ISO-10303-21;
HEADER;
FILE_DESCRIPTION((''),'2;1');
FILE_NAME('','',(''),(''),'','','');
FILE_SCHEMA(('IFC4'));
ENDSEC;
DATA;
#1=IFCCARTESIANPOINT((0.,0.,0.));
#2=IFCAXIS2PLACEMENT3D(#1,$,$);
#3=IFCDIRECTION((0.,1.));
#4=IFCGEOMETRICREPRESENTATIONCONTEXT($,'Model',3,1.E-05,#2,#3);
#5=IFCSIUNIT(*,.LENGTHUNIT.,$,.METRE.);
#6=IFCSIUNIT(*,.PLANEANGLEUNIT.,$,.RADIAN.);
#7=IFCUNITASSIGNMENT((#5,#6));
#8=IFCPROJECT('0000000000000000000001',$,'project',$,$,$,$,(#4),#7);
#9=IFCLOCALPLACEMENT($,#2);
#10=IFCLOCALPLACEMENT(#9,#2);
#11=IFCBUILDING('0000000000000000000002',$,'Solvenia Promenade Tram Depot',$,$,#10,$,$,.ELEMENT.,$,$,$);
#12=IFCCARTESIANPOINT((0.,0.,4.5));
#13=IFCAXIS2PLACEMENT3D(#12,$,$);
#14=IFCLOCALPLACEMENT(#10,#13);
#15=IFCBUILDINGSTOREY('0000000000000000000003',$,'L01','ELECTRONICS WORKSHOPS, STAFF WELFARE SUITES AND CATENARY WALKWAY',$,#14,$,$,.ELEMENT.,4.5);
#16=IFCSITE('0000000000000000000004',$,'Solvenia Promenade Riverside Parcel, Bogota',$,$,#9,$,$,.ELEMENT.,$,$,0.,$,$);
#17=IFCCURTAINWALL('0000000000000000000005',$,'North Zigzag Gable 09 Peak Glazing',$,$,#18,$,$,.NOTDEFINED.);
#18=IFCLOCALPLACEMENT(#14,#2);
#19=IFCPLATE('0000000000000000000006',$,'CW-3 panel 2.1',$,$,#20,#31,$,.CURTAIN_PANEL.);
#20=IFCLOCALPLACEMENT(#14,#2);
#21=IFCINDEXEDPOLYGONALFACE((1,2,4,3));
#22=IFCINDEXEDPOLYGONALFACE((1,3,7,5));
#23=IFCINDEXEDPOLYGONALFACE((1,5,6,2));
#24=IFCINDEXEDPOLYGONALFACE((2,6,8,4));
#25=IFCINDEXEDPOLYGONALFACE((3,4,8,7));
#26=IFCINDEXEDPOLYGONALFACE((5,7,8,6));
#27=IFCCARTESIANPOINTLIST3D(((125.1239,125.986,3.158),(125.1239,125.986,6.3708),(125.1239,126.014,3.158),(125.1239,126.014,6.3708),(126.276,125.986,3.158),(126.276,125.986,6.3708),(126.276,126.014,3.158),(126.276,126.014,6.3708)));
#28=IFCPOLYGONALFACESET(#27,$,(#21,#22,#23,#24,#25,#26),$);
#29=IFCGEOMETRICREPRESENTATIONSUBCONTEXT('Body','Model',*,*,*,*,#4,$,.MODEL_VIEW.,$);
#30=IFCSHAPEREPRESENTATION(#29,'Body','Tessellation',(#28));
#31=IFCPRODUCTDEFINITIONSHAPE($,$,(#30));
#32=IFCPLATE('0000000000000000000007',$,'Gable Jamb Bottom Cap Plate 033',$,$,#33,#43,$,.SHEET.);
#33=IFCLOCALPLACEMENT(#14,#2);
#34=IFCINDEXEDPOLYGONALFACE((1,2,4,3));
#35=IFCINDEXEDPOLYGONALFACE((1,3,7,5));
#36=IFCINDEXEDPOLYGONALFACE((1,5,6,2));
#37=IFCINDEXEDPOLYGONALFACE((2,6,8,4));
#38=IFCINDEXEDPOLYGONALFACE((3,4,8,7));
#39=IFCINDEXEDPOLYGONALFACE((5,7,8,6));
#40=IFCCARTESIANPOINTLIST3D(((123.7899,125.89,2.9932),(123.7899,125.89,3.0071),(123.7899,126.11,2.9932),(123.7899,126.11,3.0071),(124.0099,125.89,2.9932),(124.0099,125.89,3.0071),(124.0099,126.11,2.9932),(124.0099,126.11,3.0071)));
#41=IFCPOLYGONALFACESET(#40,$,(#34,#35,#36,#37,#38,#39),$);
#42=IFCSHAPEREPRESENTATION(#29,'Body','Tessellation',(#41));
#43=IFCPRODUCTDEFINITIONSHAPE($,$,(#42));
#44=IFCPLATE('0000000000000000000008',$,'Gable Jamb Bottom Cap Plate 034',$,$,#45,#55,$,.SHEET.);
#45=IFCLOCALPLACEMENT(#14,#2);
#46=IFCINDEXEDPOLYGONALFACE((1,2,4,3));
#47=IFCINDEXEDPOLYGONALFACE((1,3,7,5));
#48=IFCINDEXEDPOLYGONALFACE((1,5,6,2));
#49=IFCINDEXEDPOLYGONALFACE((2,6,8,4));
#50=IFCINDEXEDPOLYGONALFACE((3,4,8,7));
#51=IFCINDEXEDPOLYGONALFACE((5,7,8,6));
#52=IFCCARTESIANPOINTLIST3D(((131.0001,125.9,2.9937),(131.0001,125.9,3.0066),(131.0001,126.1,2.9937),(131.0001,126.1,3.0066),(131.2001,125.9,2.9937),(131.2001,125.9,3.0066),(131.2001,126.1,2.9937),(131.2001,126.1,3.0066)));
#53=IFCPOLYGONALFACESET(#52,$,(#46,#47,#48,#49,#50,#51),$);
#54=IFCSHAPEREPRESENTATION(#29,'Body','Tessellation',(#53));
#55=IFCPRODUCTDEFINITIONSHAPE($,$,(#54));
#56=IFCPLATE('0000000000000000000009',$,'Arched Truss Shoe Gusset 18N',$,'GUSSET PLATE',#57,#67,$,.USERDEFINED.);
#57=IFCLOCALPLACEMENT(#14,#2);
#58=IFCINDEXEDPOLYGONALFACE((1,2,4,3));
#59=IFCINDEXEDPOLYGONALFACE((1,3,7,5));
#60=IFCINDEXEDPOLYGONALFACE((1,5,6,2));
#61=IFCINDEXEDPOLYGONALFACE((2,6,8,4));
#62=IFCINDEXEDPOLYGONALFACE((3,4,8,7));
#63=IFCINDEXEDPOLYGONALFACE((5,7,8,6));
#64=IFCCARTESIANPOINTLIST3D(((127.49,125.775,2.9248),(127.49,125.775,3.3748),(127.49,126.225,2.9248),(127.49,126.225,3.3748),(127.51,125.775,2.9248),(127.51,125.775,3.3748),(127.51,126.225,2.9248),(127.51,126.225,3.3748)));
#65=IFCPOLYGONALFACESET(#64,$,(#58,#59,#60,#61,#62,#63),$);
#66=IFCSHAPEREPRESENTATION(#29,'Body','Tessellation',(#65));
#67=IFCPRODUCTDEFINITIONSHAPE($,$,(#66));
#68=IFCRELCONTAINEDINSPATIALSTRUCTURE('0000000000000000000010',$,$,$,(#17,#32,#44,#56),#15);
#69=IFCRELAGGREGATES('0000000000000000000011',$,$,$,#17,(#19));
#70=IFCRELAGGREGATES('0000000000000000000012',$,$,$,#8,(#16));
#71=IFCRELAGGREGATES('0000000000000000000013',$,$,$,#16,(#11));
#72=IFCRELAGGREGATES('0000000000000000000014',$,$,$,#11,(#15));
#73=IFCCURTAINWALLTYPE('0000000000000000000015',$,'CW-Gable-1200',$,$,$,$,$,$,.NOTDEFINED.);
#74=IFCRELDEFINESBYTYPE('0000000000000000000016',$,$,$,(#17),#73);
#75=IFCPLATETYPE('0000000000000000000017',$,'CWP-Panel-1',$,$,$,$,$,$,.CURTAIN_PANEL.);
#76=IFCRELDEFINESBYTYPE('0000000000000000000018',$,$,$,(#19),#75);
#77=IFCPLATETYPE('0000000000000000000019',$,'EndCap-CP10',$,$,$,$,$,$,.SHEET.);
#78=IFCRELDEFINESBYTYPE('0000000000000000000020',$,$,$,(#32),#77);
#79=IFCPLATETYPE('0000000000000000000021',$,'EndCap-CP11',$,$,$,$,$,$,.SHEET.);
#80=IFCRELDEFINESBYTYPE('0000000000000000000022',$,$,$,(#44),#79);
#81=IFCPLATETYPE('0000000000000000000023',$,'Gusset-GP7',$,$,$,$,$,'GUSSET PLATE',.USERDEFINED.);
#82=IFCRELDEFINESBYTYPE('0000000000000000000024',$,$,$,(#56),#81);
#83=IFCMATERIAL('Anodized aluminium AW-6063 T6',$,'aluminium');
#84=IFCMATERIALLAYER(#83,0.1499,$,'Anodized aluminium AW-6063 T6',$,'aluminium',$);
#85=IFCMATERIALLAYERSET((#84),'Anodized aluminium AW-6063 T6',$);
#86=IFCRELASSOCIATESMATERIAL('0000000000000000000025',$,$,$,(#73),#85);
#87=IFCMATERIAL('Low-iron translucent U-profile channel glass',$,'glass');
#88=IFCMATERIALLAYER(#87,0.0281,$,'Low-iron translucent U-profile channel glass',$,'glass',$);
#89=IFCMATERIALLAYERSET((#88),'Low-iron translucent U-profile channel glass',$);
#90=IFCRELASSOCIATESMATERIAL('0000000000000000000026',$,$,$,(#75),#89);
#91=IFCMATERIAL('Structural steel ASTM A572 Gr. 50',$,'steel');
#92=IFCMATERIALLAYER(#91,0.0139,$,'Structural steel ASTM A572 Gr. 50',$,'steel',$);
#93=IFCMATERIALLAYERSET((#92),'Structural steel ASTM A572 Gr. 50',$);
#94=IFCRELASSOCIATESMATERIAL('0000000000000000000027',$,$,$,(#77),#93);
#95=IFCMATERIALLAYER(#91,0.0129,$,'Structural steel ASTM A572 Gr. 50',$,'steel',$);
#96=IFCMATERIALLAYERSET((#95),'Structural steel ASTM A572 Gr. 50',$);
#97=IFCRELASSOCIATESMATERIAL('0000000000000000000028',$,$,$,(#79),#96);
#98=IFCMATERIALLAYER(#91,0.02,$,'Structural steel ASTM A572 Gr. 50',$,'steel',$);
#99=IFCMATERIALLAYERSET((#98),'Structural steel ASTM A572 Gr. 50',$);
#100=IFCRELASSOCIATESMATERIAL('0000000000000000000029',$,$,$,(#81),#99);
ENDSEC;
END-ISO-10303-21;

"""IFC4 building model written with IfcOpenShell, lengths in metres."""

from ifc_helpers import new_model, si_unit, direction, frame, origin, origin_2d, place, context, subcontext, project, spatial, rectangle, extrude, material, layer, layer_set, type_object, element, aggregate, save


model = new_model("IFC4")

# Units and contexts
model_context = context("Model", 3, precision=1e-05, world=origin(), true_north=direction((0.0, 1.0)))
body_context = subcontext(model_context, "Body", "Model", "MODEL_VIEW")
ifc_project = project(units=[si_unit("LENGTHUNIT", "METRE"), si_unit("PLANEANGLEUNIT", "RADIAN")], contexts=[model_context])

# Site, building, storey
site_placement = place(None, origin())
site = spatial("IfcSite", under=ifc_project, at=site_placement, Name="Solvenia Promenade Riverside Parcel, Bogota", CompositionType="ELEMENT", RefElevation=0.0)
building_placement = place(site_placement, origin())
building = spatial("IfcBuilding", under=site, at=building_placement, Name="Solvenia Promenade Tram Depot", CompositionType="ELEMENT")
storey_placement = place(building_placement, frame((0.0, 0.0, 4.5)))
storey = spatial("IfcBuildingStorey", under=building, at=storey_placement, Name="L01", Description="ELECTRONICS WORKSHOPS, STAFF WELFARE SUITES AND CATENARY WALKWAY", CompositionType="ELEMENT", Elevation=4.5)

# Curtain wall
ifc_material_1 = material(Name="Anodized aluminium AW-6063 T6", Category="aluminium")
ifc_layer_1 = layer(ifc_material_1, 0.1499, Name="Anodized aluminium AW-6063 T6", Category="aluminium")
ifc_layer_set_1 = layer_set([ifc_layer_1], Name="Anodized aluminium AW-6063 T6")
curtain_wall_type = type_object("IfcCurtainWallType", Name="CW-Gable-1200", PredefinedType="NOTDEFINED", material=ifc_layer_set_1)
curtain_wall_placement = place(storey_placement, origin())
curtain_wall = element("IfcCurtainWall", 1, at=curtain_wall_placement, inside=storey, type_object=curtain_wall_type, Name="North Zigzag Gable 09 Peak Glazing", PredefinedType="NOTDEFINED")

# Plate
ifc_material_2 = material(Name="Low-iron translucent U-profile channel glass", Category="glass")
ifc_layer_2 = layer(ifc_material_2, 0.0281, Name="Low-iron translucent U-profile channel glass", Category="glass")
ifc_layer_set_2 = layer_set([ifc_layer_2], Name="Low-iron translucent U-profile channel glass")
plate_type_1 = type_object("IfcPlateType", Name="CWP-Panel-1", PredefinedType="CURTAIN_PANEL", material=ifc_layer_set_2)
plate_1_placement = place(storey_placement, frame((125.7, 126.0, 3.158), z_axis=(0.0, 0.0, 1.0), x_axis=(1.0, 0.0, 0.0)))
plate_1 = element("IfcPlate", 2, at=plate_1_placement, type_object=plate_type_1, Name="CW-3 panel 2.1", PredefinedType="CURTAIN_PANEL", context=body_context, shape_type="SweptSolid", body=[
    extrude(rectangle(XDim=1.1521, YDim=0.0281, at=origin_2d()), origin(), (0.0, 0.0, 1.0), 3.2129),
])
aggregate(curtain_wall, [plate_1])

# Plates
ifc_material_3 = material(Name="Structural steel ASTM A572 Gr. 50", Category="steel")
ifc_layer_3 = layer(ifc_material_3, 0.0139, Name="Structural steel ASTM A572 Gr. 50", Category="steel")
ifc_layer_set_3 = layer_set([ifc_layer_3], Name="Structural steel ASTM A572 Gr. 50")
plate_type_2 = type_object("IfcPlateType", Name="EndCap-CP10", PredefinedType="SHEET", material=ifc_layer_set_3)
plate_2_placement = place(storey_placement, frame((123.8999, 126.0, 2.9932), z_axis=(0.0, 0.0, 1.0), x_axis=(1.0, 0.0, 0.0)))
element("IfcPlate", 3, at=plate_2_placement, inside=storey, type_object=plate_type_2, Name="Gable Jamb Bottom Cap Plate 033", PredefinedType="SHEET", context=body_context, shape_type="SweptSolid", body=[
    extrude(rectangle(XDim=0.22, YDim=0.22, at=origin_2d()), origin(), (0.0, 0.0, 1.0), 0.0139),
])
ifc_layer_4 = layer(ifc_material_3, 0.0129, Name="Structural steel ASTM A572 Gr. 50", Category="steel")
ifc_layer_set_4 = layer_set([ifc_layer_4], Name="Structural steel ASTM A572 Gr. 50")
plate_type_3 = type_object("IfcPlateType", Name="EndCap-CP11", PredefinedType="SHEET", material=ifc_layer_set_4)
plate_3_placement = place(storey_placement, frame((131.1001, 126.0, 2.9937), z_axis=(0.0, 0.0, 1.0), x_axis=(1.0, 0.0, 0.0)))
element("IfcPlate", 4, at=plate_3_placement, inside=storey, type_object=plate_type_3, Name="Gable Jamb Bottom Cap Plate 034", PredefinedType="SHEET", context=body_context, shape_type="SweptSolid", body=[
    extrude(rectangle(XDim=0.2, YDim=0.2, at=origin_2d()), origin(), (0.0, 0.0, 1.0), 0.0129),
])
ifc_layer_5 = layer(ifc_material_3, 0.02, Name="Structural steel ASTM A572 Gr. 50", Category="steel")
ifc_layer_set_5 = layer_set([ifc_layer_5], Name="Structural steel ASTM A572 Gr. 50")
plate_type_4 = type_object("IfcPlateType", Name="Gusset-GP7", ElementType="GUSSET PLATE", PredefinedType="USERDEFINED", material=ifc_layer_set_5)
plate_4_placement = place(storey_placement, frame((127.5, 126.0, 2.9248), z_axis=(0.0, 0.0, 1.0), x_axis=(1.0, 0.0, 0.0)))
element("IfcPlate", 5, at=plate_4_placement, inside=storey, type_object=plate_type_4, Name="Arched Truss Shoe Gusset 18N", ObjectType="GUSSET PLATE", PredefinedType="USERDEFINED", context=body_context, shape_type="SweptSolid", body=[
    extrude(rectangle(XDim=0.02, YDim=0.45, at=origin_2d()), origin(), (0.0, 0.0, 1.0), 0.45),
])

save(model, "model.ifc")
